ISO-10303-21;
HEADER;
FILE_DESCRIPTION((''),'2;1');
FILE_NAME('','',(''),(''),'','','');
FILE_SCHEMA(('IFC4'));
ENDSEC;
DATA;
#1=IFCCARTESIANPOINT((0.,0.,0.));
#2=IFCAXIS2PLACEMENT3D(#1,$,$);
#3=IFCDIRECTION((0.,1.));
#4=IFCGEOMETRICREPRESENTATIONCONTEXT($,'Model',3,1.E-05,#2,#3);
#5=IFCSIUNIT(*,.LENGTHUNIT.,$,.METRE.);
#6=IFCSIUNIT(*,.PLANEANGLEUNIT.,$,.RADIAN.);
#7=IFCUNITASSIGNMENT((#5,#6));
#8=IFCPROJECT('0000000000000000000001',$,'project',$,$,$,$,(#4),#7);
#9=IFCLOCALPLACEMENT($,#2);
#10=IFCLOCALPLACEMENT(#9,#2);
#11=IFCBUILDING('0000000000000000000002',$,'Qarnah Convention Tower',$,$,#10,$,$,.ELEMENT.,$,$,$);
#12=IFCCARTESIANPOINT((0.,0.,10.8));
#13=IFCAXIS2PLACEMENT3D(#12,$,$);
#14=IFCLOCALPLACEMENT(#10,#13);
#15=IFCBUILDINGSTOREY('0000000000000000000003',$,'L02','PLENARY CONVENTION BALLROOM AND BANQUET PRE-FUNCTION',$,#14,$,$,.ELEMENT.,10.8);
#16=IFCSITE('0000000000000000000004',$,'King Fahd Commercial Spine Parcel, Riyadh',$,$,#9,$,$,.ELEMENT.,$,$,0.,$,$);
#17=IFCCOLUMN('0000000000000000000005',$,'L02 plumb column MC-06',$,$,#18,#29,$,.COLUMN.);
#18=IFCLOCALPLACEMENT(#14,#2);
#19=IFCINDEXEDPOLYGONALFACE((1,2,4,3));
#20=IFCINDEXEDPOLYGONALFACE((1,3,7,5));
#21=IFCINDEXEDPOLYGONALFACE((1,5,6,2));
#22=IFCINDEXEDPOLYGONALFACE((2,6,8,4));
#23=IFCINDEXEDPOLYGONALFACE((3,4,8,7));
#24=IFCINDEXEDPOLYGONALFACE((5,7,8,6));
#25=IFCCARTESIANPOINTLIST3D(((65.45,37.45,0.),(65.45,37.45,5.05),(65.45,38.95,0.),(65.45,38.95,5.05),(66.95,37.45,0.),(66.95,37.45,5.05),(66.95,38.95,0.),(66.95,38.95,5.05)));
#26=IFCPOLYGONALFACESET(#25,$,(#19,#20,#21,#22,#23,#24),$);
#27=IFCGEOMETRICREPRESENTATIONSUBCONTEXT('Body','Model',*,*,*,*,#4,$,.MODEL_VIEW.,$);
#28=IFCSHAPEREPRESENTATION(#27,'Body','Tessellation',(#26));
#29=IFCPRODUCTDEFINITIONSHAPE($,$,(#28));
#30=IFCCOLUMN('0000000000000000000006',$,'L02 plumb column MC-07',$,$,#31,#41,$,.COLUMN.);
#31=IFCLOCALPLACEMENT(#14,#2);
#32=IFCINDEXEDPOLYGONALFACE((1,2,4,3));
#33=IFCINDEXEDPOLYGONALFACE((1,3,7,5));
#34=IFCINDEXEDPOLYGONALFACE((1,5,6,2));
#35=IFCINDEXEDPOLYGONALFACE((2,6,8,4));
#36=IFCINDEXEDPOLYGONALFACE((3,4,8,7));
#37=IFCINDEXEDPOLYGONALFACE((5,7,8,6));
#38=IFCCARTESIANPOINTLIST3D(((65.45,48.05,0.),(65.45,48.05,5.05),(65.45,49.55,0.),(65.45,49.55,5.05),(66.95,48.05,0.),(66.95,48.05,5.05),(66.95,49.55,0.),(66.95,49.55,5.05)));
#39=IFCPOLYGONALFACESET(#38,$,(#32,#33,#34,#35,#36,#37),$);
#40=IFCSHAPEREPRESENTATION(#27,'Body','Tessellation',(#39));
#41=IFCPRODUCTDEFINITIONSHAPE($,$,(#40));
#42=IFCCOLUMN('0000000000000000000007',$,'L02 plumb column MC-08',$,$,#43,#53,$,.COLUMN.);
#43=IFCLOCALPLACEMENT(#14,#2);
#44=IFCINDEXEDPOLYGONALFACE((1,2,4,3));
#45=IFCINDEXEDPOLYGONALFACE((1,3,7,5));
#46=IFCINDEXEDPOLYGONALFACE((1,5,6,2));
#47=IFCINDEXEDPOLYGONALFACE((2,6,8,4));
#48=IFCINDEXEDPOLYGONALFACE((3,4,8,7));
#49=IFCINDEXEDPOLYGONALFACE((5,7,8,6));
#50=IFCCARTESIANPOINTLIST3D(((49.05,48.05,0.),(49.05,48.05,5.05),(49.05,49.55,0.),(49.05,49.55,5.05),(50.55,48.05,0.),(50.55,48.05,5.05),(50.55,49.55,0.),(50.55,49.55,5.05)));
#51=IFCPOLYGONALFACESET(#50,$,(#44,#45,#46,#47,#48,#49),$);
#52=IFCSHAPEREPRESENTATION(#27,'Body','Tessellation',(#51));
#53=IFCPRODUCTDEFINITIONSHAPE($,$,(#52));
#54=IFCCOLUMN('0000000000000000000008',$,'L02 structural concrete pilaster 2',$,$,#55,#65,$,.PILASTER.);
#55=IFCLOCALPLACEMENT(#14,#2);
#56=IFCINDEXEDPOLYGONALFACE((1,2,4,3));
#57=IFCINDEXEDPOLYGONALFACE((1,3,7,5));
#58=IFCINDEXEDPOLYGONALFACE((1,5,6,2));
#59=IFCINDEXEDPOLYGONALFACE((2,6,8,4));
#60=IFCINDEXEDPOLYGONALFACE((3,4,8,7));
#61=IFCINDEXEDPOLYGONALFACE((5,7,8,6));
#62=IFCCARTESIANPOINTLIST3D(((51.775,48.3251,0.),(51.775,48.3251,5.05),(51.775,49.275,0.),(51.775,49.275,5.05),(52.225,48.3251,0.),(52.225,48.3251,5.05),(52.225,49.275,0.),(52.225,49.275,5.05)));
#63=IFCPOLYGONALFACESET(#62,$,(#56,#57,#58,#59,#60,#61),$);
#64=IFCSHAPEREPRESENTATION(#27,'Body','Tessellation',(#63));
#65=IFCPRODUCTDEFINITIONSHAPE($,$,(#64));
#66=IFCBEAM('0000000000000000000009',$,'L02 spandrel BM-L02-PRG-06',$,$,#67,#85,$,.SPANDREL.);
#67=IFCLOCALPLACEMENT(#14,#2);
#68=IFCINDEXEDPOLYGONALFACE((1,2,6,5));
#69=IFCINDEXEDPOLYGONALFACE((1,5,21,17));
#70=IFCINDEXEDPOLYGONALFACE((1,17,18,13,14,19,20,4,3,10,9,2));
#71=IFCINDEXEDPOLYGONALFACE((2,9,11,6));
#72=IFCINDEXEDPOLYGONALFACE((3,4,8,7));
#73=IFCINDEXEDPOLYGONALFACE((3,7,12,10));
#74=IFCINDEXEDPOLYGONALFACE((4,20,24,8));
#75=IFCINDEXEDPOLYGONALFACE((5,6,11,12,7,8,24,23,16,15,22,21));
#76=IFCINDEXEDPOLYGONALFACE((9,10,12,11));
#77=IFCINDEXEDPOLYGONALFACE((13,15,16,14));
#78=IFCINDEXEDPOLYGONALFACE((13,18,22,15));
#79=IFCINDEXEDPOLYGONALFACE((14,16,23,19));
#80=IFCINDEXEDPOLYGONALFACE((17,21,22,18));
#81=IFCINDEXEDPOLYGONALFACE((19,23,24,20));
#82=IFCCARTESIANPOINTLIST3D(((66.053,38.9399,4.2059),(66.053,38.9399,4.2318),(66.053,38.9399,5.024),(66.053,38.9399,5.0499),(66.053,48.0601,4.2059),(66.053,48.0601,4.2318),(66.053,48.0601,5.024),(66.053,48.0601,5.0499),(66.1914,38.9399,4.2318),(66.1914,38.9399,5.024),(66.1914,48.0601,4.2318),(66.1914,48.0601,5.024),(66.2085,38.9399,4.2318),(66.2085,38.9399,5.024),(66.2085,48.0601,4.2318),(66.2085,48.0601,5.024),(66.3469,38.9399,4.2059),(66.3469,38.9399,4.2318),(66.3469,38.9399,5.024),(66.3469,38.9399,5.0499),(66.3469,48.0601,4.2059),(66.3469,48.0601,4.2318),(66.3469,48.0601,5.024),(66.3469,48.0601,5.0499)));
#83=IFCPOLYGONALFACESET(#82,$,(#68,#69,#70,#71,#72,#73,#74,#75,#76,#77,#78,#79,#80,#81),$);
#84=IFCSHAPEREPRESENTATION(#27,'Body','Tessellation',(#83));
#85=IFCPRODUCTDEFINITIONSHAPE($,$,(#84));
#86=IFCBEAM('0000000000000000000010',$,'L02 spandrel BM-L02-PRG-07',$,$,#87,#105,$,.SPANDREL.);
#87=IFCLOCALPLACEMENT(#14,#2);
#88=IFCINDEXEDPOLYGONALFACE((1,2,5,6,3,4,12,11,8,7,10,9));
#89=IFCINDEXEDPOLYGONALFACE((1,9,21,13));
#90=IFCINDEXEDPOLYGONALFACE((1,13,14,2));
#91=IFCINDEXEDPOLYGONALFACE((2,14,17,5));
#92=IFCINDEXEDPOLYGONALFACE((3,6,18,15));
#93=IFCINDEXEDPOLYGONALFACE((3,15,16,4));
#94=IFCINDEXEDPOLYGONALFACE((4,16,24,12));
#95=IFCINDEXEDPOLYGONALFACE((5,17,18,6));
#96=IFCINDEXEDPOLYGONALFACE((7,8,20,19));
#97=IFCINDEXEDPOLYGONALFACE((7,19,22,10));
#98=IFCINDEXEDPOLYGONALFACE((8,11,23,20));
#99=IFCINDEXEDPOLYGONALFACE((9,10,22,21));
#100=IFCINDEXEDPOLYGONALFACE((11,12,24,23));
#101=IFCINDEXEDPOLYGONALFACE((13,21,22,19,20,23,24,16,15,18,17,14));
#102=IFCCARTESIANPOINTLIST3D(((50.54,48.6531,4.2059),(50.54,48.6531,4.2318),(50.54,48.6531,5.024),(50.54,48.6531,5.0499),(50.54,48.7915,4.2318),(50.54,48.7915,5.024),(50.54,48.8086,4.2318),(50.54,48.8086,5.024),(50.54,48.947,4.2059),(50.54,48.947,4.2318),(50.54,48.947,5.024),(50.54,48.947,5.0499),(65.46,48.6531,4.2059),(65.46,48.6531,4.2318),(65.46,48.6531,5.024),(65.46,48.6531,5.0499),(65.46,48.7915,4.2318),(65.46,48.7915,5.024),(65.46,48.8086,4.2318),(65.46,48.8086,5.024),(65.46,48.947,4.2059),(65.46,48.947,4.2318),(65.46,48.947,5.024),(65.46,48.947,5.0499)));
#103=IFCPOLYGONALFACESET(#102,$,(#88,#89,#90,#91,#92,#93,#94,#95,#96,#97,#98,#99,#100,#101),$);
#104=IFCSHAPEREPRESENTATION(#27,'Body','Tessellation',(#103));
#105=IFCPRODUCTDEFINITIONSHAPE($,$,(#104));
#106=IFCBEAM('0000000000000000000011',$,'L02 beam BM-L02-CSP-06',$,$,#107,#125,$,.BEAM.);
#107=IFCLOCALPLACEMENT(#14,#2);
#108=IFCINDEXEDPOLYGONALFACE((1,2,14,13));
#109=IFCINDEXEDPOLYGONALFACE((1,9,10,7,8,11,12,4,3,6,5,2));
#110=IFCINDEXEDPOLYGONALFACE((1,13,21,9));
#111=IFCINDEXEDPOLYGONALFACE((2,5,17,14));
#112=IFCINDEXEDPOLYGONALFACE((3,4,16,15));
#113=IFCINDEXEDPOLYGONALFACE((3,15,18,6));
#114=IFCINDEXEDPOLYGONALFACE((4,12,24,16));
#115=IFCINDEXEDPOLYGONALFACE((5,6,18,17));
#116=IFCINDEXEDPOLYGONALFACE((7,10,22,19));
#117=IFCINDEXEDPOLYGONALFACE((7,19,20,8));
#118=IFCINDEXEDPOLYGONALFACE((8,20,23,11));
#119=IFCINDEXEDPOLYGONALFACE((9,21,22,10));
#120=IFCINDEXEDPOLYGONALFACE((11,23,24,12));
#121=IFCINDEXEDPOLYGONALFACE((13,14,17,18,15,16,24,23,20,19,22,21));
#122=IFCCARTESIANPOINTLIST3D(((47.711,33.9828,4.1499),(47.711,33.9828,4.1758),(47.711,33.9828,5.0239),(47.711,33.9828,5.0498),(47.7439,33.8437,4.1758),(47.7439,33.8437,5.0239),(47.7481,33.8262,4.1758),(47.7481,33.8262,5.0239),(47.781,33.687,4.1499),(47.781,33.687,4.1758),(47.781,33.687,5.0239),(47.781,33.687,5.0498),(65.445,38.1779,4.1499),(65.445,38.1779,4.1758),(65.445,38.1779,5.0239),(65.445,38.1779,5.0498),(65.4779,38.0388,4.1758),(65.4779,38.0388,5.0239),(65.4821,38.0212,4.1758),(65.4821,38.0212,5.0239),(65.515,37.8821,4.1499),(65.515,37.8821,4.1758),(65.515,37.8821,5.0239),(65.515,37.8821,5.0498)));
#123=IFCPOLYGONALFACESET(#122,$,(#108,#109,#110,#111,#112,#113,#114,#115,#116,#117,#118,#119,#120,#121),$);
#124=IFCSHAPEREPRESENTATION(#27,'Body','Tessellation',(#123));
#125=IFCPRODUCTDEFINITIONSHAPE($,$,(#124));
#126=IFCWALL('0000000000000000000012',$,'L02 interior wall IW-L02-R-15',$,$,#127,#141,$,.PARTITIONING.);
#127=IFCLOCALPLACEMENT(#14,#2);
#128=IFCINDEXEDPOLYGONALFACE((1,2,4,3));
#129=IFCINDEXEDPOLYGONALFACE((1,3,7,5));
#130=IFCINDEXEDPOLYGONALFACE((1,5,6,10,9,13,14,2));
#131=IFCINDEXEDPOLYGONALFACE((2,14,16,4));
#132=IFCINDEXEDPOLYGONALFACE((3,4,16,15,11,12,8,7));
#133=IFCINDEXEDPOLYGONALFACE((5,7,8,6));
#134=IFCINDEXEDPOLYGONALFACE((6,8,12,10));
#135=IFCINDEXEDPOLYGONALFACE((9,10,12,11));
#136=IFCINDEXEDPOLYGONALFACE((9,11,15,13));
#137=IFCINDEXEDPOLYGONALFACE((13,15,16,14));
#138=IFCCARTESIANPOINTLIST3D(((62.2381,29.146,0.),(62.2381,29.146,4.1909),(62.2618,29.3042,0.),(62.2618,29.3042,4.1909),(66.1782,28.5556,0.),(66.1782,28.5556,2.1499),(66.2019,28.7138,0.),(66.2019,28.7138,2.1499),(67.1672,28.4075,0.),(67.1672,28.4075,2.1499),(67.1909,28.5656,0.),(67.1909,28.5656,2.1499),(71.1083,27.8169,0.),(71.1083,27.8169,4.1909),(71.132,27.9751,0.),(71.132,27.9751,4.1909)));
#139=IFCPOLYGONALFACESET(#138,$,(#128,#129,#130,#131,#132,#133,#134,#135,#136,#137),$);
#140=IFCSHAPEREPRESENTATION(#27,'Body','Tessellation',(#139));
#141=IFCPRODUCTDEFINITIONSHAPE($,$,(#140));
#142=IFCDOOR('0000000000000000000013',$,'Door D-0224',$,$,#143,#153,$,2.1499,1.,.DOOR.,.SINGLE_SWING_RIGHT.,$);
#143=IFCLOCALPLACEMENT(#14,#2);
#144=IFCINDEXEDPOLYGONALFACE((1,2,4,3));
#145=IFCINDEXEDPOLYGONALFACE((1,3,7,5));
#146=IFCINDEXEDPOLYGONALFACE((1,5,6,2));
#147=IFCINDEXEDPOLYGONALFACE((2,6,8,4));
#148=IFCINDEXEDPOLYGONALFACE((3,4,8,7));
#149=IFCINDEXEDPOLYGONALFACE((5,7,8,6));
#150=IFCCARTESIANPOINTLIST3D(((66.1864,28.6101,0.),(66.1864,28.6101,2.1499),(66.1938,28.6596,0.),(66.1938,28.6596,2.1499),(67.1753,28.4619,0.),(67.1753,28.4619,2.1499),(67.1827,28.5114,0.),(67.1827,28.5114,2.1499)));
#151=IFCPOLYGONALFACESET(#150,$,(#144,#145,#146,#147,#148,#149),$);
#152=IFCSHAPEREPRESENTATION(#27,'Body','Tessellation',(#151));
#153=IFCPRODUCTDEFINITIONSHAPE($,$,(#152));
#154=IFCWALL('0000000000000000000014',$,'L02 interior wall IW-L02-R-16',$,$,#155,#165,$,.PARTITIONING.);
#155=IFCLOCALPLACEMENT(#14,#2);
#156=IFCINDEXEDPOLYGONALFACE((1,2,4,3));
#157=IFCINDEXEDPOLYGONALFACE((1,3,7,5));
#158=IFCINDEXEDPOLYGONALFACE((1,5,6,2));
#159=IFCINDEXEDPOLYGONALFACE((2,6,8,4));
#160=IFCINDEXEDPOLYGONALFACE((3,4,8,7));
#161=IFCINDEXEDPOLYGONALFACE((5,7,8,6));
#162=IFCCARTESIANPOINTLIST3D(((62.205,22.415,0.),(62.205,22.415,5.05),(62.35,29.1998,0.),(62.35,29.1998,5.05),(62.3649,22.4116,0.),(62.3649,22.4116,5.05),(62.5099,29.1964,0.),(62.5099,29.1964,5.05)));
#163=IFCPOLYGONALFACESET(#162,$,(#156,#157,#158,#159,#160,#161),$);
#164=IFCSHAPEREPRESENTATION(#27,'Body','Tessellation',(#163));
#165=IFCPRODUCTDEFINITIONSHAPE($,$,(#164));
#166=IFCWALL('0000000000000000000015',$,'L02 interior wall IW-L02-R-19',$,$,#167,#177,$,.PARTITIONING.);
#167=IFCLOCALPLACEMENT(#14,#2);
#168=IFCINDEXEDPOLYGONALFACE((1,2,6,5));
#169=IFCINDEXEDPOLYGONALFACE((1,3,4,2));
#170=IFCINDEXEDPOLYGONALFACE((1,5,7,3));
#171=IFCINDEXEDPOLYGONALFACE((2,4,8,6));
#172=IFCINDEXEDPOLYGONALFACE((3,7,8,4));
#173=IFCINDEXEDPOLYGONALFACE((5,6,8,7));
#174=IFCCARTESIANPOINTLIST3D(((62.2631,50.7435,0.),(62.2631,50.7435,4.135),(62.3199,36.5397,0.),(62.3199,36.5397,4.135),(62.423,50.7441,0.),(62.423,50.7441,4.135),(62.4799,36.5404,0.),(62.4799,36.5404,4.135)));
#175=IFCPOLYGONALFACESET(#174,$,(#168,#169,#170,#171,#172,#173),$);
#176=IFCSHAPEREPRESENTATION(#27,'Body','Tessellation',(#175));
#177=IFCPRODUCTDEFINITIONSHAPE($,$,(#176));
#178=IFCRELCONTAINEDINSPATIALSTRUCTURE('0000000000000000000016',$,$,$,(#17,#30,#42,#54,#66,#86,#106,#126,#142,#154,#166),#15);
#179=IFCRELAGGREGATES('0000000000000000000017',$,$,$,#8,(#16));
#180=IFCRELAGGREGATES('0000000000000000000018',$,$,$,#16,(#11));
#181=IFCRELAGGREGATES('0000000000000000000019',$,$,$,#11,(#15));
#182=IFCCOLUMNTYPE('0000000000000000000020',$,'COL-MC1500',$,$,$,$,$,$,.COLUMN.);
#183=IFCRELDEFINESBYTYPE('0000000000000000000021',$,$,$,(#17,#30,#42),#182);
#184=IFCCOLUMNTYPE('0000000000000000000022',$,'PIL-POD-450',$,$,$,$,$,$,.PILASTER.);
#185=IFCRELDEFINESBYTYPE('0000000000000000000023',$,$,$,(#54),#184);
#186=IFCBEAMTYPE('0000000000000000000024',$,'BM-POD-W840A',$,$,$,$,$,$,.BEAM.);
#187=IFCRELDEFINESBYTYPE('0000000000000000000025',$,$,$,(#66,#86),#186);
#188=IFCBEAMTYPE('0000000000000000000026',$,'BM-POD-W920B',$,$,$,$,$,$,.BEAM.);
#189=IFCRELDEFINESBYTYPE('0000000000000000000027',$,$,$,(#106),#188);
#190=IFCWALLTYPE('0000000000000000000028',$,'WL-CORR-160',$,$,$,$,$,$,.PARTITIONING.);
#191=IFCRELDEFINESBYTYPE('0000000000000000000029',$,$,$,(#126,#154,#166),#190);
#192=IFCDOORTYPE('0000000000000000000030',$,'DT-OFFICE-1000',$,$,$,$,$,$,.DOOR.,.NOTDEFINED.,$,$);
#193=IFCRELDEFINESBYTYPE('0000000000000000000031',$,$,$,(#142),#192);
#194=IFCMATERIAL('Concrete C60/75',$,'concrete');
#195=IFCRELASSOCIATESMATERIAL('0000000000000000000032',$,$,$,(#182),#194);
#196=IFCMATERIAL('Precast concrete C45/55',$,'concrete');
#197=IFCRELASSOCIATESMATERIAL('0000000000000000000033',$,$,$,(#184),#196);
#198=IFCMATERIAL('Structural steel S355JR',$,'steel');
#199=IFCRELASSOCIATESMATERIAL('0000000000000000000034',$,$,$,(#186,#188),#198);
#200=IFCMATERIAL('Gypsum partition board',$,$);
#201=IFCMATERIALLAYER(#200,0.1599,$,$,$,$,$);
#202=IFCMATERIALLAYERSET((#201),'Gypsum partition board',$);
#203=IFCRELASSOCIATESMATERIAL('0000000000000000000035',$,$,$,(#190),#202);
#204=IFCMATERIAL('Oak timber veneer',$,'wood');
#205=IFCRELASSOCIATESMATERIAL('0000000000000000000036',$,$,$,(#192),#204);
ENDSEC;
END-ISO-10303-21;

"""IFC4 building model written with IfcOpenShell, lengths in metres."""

from ifc_helpers import new_model, si_unit, direction, frame, frame_2d, origin, origin_2d, place, context, subcontext, project, spatial, rectangle, i_section, extrude, material, layer, layer_set, material_profile, profile_set, type_object, element, fill, save


model = new_model("IFC4")

# Units and contexts
model_context = context("Model", 3, precision=1e-05, world=origin(), true_north=direction((0.0, 1.0)))
body_context = subcontext(model_context, "Body", "Model", "MODEL_VIEW")
ifc_project = project(units=[si_unit("LENGTHUNIT", "METRE"), si_unit("PLANEANGLEUNIT", "RADIAN")], contexts=[model_context])

# Site, building, storey
site_placement = place(None, origin())
site = spatial("IfcSite", under=ifc_project, at=site_placement, Name="King Fahd Commercial Spine Parcel, Riyadh", CompositionType="ELEMENT", RefElevation=0.0)
building_placement = place(site_placement, origin())
building = spatial("IfcBuilding", under=site, at=building_placement, Name="Qarnah Convention Tower", CompositionType="ELEMENT")
storey_placement = place(building_placement, frame((0.0, 0.0, 10.8)))
storey = spatial("IfcBuildingStorey", under=building, at=storey_placement, Name="L02", Description="PLENARY CONVENTION BALLROOM AND BANQUET PRE-FUNCTION", CompositionType="ELEMENT", Elevation=10.8)

# Columns
ifc_material_1 = material(Name="Concrete C60/75", Category="concrete")
ifc_material_profile_1 = material_profile(ifc_material_1, rectangle(XDim=1.5, YDim=1.5, at=origin_2d()), Name="RC-COL-1500X1500")
ifc_profile_set_1 = profile_set([ifc_material_profile_1], Name="Concrete C60/75")
column_type_1 = type_object("IfcColumnType", Name="COL-MC1500", PredefinedType="COLUMN", material=ifc_profile_set_1)
for number, where, z_axis, x_axis, name in (
    (1, (66.2, 38.2, 0.0), (0.0, 0.0, 1.0), (1.0, 0.0, 0.0), "L02 plumb column MC-06"),
    (2, (66.2, 48.8, 0.0), (0.0, 0.0, 1.0), (1.0, 0.0, 0.0), "L02 plumb column MC-07"),
    (3, (49.8, 48.8, 0.0), (0.0, 0.0, 1.0), (1.0, 0.0, 0.0), "L02 plumb column MC-08"),
):
    element("IfcColumn", number, at=place(storey_placement, frame(where, z_axis=z_axis, x_axis=x_axis)), inside=storey, type_object=column_type_1, Name=name, PredefinedType="COLUMN", context=body_context, shape_type="SweptSolid", body=[
        extrude(rectangle(XDim=1.5, YDim=1.5, at=origin_2d()), origin(), (0.0, 0.0, 1.0), 5.05),
    ])
ifc_material_2 = material(Name="Precast concrete C45/55", Category="concrete")
ifc_material_profile_2 = material_profile(ifc_material_2, rectangle(XDim=0.45, YDim=0.95, at=origin_2d()), Name="PC-RIB-450X950")
ifc_profile_set_2 = profile_set([ifc_material_profile_2], Name="Precast concrete C45/55")
column_type_2 = type_object("IfcColumnType", Name="PIL-POD-450", PredefinedType="PILASTER", material=ifc_profile_set_2)
column_placement = place(storey_placement, frame((52.0, 48.8, 0.0), z_axis=(0.0, 0.0, 1.0), x_axis=(1.0, 0.0, 0.0)))
element("IfcColumn", 4, at=column_placement, inside=storey, type_object=column_type_2, Name="L02 structural concrete pilaster 2", PredefinedType="PILASTER", context=body_context, shape_type="SweptSolid", body=[
    extrude(rectangle(XDim=0.45, YDim=0.95, at=origin_2d()), origin(), (0.0, 0.0, 1.0), 5.05),
])

# Beams
ifc_material_3 = material(Name="Structural steel S355JR", Category="steel")
ifc_material_profile_3 = material_profile(ifc_material_3, i_section(OverallWidth=0.2939, OverallDepth=0.844, WebThickness=0.0171, FlangeThickness=0.0259, at=origin_2d()), Name="W840X251")
ifc_profile_set_3 = profile_set([ifc_material_profile_3], Name="Structural steel S355JR")
beam_type_1 = type_object("IfcBeamType", Name="BM-POD-W840A", PredefinedType="BEAM", material=ifc_profile_set_3)
beam_1_placement = place(storey_placement, frame((66.2, 38.9399, 4.6279), z_axis=(0.0, 1.0, 0.0), x_axis=(-1.0, 0.0, 0.0)))
element("IfcBeam", 5, at=beam_1_placement, inside=storey, type_object=beam_type_1, Name="L02 spandrel BM-L02-PRG-06", PredefinedType="SPANDREL", context=body_context, shape_type="SweptSolid", body=[
    extrude(i_section(OverallWidth=0.2939, OverallDepth=0.844, WebThickness=0.0171, FlangeThickness=0.0259, at=origin_2d()), origin(), (0.0, 0.0, 1.0), 9.1201),
])
beam_2_placement = place(storey_placement, frame((65.46, 48.8, 4.6279), z_axis=(-1.0, 0.0, 0.0), x_axis=(0.0, -1.0, 0.0)))
element("IfcBeam", 6, at=beam_2_placement, inside=storey, type_object=beam_type_1, Name="L02 spandrel BM-L02-PRG-07", PredefinedType="SPANDREL", context=body_context, shape_type="SweptSolid", body=[
    extrude(i_section(OverallWidth=0.2939, OverallDepth=0.844, WebThickness=0.0171, FlangeThickness=0.0259, at=origin_2d()), origin(), (0.0, 0.0, 1.0), 14.9199),
])
ifc_material_profile_4 = material_profile(ifc_material_3, i_section(OverallWidth=0.304, OverallDepth=0.8999, WebThickness=0.0181, FlangeThickness=0.0259, at=origin_2d()), Name="W920X271")
ifc_profile_set_4 = profile_set([ifc_material_profile_4], Name="Structural steel S355JR")
beam_type_2 = type_object("IfcBeamType", Name="BM-POD-W920B", PredefinedType="BEAM", material=ifc_profile_set_4)
beam_3_placement = place(storey_placement, frame((65.48, 38.03, 4.5999), z_axis=(-0.973143, -0.230203, 0.0), x_axis=(0.230203, -0.973143, 0.0)))
element("IfcBeam", 7, at=beam_3_placement, inside=storey, type_object=beam_type_2, Name="L02 beam BM-L02-CSP-06", PredefinedType="BEAM", context=body_context, shape_type="SweptSolid", body=[
    extrude(i_section(OverallWidth=0.304, OverallDepth=0.8999, WebThickness=0.0181, FlangeThickness=0.0259, at=origin_2d()), origin(), (0.0, 0.0, 1.0), 18.2234),
])

# Wall, opening, door
ifc_material_4 = material(Name="Gypsum partition board")
ifc_layer_1 = layer(ifc_material_4, 0.1599)
ifc_layer_set_1 = layer_set([ifc_layer_1], Name="Gypsum partition board")
wall_type_1 = type_object("IfcWallType", Name="WL-CORR-160", PredefinedType="PARTITIONING", material=ifc_layer_set_1)
wall_1_placement = place(storey_placement, frame((71.1201, 27.896, 0.0), z_axis=(0.0, 0.0, 1.0), x_axis=(-0.98896, 0.148186, 0.0)))
wall_1 = element("IfcWall", 8, at=wall_1_placement, inside=storey, type_object=wall_type_1, Name="L02 interior wall IW-L02-R-15", PredefinedType="PARTITIONING", context=body_context, shape_type="SweptSolid", body=[
    extrude(rectangle(XDim=8.9692, YDim=0.1599, at=frame_2d((4.4846, 0.0))), origin(), (0.0, 0.0, 1.0), 4.1909),
])
opening_1_placement = place(wall_1_placement, frame((3.9851, 0.0, 0.0)))
opening_1 = element("IfcOpeningElement", 9, at=opening_1_placement, cuts=wall_1, PredefinedType="OPENING", context=body_context, shape_type="SweptSolid", body=[
    extrude(rectangle(XDim=1.0, YDim=2.1499, at=frame_2d((0.5, 1.075))), frame((0.0, 0.0898, 0.0), z_axis=(0.0, -1.0, 0.0), x_axis=(1.0, 0.0, 0.0)), (0.0, 0.0, 1.0), 0.1799),
])
ifc_material_5 = material(Name="Oak timber veneer", Category="wood")
door_type_1 = type_object("IfcDoorType", Name="DT-OFFICE-1000", OperationType="NOTDEFINED", PredefinedType="DOOR", material=ifc_material_5)
door_1_placement = place(opening_1_placement, origin())
door_1 = element("IfcDoor", 10, at=door_1_placement, inside=storey, type_object=door_type_1, Name="Door D-0224", OperationType="SINGLE_SWING_RIGHT", OverallHeight=2.1499, OverallWidth=1.0, PredefinedType="DOOR", context=body_context, shape_type="SweptSolid", body=[
    extrude(rectangle(XDim=1.0, YDim=2.1499, at=frame_2d((0.5, 1.075))), frame((0.0, 0.0249, 0.0), z_axis=(0.0, -1.0, 0.0), x_axis=(1.0, 0.0, 0.0)), (0.0, 0.0, 1.0), 0.05),
])
fill(opening_1, door_1)

# Walls
wall_2_placement = place(storey_placement, frame((62.4299, 29.198, 0.0), z_axis=(0.0, 0.0, 1.0), x_axis=(-0.021369, -0.999772, 0.0)))
element("IfcWall", 11, at=wall_2_placement, inside=storey, type_object=wall_type_1, Name="L02 interior wall IW-L02-R-16", PredefinedType="PARTITIONING", context=body_context, shape_type="SweptSolid", body=[
    extrude(rectangle(XDim=6.7864, YDim=0.1599, at=frame_2d((3.3931, 0.0))), origin(), (0.0, 0.0, 1.0), 5.05),
])
wall_3_placement = place(storey_placement, frame((62.343, 50.7439, 0.0), z_axis=(0.0, 0.0, 1.0), x_axis=(0.004005, -0.999992, 0.0)))
element("IfcWall", 12, at=wall_3_placement, inside=storey, type_object=wall_type_1, Name="L02 interior wall IW-L02-R-19", PredefinedType="PARTITIONING", context=body_context, shape_type="SweptSolid", body=[
    extrude(rectangle(XDim=14.2039, YDim=0.1599, at=frame_2d((7.1021, 0.0))), origin(), (0.0, 0.0, 1.0), 4.135),
])

save(model, "model.ifc")
